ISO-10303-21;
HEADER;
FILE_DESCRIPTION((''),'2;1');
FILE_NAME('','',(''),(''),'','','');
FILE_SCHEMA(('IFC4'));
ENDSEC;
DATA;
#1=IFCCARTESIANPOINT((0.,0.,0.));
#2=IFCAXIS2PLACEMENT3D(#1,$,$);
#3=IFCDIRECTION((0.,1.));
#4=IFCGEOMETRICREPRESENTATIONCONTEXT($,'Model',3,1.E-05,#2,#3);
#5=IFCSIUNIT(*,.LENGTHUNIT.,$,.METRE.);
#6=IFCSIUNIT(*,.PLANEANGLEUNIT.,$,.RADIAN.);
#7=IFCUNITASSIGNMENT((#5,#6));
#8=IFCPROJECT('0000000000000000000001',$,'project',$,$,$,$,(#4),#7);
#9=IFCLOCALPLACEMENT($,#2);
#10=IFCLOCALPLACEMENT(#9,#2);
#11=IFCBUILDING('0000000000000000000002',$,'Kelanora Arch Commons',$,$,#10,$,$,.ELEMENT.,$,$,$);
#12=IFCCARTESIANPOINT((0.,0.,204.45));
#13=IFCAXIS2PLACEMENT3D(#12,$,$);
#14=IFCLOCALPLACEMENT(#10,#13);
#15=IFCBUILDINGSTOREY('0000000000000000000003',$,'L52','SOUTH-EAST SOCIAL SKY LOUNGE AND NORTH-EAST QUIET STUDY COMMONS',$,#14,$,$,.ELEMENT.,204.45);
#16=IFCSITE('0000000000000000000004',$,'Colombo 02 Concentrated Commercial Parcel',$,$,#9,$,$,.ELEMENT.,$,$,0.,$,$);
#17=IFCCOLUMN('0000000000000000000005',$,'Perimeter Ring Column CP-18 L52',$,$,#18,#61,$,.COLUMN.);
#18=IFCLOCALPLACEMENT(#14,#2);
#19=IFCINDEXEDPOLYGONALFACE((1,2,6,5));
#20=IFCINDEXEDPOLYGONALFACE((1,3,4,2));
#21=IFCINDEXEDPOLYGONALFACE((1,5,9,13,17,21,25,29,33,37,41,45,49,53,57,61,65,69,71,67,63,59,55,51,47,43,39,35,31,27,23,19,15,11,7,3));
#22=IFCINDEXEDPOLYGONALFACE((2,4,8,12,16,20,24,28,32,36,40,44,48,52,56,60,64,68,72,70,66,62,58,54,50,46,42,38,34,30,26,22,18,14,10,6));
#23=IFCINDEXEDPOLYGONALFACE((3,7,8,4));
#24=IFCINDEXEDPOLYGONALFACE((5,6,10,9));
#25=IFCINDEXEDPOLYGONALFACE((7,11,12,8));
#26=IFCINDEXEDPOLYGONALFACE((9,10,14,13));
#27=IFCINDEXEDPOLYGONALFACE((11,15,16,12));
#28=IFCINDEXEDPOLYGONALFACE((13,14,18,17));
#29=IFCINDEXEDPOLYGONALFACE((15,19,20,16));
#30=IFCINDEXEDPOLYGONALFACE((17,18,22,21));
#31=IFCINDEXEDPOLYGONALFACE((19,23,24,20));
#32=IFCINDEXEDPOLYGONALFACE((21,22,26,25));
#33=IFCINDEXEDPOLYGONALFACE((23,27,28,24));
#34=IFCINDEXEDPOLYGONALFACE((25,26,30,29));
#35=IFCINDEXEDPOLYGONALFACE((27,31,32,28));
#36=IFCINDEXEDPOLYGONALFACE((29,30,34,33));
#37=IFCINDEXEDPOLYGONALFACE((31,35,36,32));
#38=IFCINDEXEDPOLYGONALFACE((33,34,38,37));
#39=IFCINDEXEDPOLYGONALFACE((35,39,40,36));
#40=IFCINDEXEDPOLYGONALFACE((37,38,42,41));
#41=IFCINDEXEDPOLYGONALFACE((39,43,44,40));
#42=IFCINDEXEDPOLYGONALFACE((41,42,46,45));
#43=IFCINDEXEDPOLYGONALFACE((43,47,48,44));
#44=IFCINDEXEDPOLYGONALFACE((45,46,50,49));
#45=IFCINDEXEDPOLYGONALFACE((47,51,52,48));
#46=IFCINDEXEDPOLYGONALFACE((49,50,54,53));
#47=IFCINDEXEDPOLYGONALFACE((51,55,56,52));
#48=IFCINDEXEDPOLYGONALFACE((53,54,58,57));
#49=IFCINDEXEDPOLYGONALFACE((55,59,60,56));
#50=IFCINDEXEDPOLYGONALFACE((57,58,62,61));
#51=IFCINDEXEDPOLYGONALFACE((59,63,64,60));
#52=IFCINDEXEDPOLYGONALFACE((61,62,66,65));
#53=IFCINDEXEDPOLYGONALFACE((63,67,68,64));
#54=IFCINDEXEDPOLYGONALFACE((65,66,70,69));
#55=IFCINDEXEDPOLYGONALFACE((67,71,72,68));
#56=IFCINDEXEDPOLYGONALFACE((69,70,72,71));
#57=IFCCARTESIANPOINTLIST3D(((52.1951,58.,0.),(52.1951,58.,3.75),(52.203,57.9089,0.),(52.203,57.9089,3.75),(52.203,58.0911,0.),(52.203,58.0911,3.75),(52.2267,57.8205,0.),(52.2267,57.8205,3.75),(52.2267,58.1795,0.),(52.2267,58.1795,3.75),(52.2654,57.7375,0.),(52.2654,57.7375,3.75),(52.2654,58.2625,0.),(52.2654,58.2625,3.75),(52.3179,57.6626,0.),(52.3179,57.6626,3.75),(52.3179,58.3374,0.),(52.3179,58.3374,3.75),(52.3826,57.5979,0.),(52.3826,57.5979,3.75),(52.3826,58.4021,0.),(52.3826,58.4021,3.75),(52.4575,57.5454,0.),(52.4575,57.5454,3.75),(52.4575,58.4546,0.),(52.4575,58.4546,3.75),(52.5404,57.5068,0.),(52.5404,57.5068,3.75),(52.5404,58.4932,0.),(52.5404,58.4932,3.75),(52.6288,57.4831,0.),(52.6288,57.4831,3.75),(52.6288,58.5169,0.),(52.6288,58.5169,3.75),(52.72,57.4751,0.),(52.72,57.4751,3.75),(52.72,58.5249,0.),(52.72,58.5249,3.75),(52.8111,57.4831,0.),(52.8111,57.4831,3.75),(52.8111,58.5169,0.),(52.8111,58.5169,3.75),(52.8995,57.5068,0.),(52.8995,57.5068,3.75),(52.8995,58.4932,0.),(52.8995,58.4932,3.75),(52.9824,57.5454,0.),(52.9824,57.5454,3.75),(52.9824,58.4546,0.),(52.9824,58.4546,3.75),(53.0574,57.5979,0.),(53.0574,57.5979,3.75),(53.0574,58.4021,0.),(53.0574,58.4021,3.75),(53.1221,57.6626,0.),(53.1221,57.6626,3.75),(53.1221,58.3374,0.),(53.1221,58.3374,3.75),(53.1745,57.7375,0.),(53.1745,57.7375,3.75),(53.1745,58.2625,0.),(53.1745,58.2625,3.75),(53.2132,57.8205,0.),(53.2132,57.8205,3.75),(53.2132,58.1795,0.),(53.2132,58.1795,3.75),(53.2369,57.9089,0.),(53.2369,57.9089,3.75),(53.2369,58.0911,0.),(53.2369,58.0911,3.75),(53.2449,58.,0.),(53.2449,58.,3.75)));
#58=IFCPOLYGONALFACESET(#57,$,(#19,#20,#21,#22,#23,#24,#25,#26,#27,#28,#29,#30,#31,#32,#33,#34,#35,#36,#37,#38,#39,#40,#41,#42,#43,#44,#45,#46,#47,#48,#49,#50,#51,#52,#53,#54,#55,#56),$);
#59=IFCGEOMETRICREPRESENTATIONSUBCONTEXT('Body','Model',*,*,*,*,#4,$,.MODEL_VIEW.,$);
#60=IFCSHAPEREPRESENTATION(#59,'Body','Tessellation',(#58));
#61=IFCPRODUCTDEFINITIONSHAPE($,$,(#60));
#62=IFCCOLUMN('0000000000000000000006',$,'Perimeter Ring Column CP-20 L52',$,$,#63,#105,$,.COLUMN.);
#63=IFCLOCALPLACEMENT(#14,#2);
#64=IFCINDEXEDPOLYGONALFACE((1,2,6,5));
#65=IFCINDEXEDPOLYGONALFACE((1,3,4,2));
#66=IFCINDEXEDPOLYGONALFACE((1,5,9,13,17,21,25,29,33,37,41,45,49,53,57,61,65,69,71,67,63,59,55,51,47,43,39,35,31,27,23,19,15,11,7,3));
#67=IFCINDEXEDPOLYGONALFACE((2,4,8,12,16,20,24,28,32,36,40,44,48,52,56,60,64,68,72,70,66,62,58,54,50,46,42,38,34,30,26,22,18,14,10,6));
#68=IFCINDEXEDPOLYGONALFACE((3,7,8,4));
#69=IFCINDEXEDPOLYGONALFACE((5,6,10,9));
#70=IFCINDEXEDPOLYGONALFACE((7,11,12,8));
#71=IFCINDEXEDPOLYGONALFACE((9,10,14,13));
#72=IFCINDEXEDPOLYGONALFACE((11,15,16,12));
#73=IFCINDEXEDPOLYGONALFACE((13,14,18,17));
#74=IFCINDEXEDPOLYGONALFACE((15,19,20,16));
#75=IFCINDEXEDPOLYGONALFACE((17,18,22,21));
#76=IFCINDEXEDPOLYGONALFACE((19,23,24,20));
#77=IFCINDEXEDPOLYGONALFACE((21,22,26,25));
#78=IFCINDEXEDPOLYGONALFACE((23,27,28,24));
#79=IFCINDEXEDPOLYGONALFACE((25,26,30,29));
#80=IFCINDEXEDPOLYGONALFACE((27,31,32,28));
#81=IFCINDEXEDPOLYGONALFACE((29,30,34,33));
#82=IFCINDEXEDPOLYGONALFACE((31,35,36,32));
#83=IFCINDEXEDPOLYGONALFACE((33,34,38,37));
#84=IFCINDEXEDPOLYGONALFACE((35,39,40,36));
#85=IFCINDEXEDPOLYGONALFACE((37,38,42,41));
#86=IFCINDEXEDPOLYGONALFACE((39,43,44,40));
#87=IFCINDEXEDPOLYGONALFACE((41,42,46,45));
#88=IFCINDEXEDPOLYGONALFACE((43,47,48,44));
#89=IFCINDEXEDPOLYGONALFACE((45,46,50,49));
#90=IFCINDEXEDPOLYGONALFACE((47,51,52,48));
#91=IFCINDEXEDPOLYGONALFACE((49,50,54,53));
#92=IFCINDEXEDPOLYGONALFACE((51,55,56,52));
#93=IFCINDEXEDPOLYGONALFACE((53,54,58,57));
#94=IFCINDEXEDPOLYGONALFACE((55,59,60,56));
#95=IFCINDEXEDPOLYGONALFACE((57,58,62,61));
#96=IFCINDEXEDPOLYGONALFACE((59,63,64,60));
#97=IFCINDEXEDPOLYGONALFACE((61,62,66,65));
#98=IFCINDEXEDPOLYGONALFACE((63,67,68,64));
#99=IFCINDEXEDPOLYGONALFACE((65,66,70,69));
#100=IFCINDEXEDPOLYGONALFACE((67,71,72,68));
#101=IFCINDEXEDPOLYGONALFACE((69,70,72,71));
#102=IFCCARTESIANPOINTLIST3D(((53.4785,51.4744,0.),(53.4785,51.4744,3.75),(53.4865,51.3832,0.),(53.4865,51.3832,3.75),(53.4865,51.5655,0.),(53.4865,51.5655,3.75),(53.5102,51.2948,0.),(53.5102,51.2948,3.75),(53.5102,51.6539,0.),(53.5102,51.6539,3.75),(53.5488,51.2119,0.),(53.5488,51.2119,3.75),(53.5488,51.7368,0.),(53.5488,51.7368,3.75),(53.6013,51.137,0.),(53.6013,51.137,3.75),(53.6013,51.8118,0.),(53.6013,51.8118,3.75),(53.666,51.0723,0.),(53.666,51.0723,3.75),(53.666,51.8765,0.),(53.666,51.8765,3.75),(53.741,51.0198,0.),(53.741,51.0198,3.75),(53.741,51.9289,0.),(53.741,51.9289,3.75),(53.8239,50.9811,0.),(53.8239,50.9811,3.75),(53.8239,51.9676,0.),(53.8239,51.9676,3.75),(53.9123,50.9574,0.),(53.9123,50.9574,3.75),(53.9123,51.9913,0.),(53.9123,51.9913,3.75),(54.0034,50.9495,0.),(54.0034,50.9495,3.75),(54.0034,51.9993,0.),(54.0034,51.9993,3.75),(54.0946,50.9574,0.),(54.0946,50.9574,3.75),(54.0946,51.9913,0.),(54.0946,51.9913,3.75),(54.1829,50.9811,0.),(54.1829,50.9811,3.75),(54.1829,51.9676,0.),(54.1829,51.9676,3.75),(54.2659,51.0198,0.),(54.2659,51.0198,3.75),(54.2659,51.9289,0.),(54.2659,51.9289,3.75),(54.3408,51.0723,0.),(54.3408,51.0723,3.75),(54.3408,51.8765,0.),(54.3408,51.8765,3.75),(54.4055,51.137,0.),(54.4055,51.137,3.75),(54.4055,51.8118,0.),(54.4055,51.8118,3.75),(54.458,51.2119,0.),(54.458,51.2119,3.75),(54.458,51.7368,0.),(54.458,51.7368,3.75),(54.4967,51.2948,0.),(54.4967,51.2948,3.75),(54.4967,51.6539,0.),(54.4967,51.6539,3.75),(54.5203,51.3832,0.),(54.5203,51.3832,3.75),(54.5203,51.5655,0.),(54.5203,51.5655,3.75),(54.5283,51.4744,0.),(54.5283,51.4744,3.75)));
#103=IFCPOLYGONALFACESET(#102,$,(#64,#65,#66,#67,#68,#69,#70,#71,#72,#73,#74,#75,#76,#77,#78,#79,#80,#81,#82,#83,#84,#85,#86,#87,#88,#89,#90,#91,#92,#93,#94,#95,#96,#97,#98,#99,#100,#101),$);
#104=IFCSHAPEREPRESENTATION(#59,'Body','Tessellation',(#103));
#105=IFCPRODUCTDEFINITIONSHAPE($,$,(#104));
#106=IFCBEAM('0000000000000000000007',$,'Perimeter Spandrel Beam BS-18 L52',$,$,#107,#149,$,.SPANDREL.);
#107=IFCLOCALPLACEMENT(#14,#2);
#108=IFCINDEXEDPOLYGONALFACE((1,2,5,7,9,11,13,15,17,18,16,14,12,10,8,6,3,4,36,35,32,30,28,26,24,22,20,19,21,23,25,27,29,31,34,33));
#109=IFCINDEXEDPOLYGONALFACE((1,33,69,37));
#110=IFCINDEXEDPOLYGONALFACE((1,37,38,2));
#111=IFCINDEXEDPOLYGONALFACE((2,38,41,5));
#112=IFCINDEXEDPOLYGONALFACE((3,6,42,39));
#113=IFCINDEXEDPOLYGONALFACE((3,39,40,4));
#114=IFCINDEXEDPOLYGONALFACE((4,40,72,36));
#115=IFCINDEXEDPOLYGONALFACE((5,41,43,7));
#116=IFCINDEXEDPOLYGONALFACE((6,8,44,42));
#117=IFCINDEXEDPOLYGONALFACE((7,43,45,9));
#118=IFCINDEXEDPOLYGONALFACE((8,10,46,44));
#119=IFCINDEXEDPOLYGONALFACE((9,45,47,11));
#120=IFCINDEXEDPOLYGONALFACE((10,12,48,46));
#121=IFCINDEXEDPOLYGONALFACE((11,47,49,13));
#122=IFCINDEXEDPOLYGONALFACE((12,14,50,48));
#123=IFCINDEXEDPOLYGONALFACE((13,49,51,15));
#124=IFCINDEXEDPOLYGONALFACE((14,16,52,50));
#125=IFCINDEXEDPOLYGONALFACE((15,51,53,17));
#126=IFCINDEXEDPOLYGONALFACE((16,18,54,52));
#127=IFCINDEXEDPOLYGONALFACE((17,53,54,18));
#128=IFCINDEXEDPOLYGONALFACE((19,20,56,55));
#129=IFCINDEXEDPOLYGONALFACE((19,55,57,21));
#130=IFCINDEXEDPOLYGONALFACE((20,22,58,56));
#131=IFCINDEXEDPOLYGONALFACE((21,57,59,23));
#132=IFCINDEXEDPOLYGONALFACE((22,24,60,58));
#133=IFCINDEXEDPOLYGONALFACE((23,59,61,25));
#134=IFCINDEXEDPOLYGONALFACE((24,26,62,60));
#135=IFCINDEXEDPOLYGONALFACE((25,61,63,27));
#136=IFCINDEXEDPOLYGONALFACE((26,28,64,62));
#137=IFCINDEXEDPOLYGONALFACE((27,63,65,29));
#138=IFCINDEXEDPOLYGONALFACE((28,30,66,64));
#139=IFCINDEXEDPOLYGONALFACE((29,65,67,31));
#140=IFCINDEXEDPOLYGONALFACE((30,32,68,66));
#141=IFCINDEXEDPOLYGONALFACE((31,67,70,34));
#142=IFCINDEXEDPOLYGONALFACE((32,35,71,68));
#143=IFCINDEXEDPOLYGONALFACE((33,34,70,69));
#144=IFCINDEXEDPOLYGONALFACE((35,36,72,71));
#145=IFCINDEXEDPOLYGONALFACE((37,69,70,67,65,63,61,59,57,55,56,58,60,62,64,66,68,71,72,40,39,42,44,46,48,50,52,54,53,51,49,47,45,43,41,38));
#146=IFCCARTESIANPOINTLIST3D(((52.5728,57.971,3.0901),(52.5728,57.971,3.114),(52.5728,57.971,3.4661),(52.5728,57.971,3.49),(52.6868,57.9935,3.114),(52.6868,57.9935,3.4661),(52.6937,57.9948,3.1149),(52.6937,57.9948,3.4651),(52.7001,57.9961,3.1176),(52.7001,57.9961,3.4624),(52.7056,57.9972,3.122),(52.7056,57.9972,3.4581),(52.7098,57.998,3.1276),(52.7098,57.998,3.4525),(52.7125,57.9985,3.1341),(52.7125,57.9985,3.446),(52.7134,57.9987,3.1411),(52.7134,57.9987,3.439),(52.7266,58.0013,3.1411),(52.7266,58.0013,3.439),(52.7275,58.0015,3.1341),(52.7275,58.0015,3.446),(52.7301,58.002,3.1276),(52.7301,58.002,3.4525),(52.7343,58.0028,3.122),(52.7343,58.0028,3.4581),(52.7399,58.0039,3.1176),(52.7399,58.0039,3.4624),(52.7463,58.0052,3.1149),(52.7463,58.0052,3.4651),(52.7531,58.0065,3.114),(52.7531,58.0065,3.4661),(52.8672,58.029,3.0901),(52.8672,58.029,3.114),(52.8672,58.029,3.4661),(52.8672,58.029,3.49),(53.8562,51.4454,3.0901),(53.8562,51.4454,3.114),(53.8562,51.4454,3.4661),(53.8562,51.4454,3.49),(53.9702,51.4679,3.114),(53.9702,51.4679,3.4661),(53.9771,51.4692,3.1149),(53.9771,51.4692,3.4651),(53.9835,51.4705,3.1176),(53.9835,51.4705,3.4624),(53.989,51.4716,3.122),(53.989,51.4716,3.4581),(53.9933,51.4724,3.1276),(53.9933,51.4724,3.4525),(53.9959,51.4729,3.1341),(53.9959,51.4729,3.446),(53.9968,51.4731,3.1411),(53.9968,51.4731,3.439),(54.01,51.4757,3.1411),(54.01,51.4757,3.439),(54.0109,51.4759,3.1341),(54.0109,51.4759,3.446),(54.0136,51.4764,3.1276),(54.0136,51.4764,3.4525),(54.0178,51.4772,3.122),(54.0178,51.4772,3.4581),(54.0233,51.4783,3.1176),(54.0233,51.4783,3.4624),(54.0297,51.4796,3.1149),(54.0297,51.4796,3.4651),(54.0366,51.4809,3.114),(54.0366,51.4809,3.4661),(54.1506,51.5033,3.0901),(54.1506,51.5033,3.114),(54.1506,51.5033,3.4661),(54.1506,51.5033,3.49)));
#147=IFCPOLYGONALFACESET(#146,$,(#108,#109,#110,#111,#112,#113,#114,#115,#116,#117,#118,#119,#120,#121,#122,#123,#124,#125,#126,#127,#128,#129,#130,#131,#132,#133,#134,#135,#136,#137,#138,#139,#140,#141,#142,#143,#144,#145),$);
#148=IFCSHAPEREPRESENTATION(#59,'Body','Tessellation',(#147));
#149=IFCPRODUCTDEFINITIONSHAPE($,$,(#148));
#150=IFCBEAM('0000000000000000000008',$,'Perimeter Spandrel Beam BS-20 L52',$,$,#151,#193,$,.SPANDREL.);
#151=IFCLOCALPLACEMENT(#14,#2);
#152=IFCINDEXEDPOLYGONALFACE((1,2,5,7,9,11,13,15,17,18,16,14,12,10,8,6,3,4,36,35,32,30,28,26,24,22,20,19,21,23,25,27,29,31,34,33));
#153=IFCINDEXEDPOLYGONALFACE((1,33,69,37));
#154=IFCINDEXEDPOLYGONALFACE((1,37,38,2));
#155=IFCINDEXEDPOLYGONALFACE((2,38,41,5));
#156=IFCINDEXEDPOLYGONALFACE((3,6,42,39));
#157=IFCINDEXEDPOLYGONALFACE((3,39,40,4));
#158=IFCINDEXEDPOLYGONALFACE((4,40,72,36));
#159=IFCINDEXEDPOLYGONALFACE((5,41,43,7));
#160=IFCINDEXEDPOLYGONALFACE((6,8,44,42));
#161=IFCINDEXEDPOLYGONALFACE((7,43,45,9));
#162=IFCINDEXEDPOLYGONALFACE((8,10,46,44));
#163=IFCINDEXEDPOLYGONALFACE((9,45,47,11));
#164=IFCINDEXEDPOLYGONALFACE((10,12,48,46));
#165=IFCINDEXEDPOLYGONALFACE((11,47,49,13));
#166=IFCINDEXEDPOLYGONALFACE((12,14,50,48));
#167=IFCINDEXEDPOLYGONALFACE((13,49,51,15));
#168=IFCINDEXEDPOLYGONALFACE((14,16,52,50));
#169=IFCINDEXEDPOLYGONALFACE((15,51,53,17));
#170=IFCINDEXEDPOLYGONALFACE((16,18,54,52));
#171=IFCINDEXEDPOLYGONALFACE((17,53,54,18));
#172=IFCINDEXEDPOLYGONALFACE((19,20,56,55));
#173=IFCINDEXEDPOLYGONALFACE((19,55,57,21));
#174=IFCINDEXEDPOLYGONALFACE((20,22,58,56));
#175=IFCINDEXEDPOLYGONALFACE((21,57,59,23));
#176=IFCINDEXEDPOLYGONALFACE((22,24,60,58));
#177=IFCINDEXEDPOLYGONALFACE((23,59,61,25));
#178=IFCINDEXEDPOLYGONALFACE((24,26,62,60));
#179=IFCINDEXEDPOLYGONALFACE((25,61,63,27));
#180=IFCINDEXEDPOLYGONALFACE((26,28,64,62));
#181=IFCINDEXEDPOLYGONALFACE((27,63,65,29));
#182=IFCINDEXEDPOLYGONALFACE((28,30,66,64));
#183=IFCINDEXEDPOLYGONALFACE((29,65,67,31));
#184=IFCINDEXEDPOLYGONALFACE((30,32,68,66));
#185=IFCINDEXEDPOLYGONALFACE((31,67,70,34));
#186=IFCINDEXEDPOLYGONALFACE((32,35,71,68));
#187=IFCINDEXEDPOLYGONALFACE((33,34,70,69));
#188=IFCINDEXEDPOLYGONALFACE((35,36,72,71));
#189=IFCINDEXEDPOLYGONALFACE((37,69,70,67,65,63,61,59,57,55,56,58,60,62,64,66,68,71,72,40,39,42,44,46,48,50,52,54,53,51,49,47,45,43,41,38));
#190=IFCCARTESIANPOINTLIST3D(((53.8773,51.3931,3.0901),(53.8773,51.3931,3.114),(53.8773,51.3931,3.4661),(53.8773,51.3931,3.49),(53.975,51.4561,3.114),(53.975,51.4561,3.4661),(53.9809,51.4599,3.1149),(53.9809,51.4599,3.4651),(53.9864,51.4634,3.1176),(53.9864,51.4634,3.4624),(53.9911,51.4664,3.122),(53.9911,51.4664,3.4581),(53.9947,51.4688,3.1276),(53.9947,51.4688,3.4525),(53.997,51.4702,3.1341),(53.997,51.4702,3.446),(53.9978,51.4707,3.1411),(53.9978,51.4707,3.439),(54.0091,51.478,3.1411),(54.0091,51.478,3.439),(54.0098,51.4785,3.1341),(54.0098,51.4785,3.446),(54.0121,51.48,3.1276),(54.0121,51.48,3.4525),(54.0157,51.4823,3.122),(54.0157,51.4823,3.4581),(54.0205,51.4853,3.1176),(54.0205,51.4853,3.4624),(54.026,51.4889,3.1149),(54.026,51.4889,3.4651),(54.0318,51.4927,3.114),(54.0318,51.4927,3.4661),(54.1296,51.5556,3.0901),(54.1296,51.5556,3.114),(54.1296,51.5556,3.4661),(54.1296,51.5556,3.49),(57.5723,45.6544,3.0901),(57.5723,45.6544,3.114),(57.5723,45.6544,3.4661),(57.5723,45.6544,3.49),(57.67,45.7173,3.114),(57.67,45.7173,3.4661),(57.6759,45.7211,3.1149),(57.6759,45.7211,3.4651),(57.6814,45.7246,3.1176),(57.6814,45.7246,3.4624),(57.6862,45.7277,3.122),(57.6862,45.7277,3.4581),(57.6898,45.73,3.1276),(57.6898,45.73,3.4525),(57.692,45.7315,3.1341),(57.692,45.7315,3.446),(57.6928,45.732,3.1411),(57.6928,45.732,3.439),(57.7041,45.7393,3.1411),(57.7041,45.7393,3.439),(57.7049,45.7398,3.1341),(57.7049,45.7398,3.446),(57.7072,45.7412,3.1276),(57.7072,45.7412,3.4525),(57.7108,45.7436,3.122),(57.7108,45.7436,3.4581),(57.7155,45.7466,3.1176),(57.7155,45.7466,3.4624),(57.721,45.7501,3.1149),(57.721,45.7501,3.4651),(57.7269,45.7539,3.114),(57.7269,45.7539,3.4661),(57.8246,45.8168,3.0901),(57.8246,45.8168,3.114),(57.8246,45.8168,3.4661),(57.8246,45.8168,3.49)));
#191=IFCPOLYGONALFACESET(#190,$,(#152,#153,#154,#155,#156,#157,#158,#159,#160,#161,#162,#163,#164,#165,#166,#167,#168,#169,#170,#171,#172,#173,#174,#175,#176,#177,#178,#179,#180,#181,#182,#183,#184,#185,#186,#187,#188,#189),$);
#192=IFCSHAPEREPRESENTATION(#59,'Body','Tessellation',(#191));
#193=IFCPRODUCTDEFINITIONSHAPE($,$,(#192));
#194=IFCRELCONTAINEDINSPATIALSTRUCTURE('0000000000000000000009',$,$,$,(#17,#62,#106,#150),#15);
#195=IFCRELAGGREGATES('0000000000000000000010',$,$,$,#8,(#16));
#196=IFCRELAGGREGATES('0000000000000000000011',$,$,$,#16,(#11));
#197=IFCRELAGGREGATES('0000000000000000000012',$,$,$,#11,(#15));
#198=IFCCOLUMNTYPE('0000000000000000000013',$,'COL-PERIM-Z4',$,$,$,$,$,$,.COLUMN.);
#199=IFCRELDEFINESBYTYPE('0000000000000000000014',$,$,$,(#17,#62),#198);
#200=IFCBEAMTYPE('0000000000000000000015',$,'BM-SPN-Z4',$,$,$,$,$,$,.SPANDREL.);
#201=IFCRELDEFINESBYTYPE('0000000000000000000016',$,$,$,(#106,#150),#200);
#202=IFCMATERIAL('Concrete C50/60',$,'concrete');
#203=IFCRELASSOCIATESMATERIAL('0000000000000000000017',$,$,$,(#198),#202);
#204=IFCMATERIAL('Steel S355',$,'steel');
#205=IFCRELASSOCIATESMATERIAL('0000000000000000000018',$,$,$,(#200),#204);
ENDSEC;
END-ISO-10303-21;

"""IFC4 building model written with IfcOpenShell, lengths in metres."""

from ifc_helpers import new_model, si_unit, direction, frame, origin, origin_2d, place, context, subcontext, project, spatial, circle, i_section, extrude, material, material_profile, profile_set, type_object, element, save


model = new_model("IFC4")

# Units and contexts
model_context = context("Model", 3, precision=1e-05, world=origin(), true_north=direction((0.0, 1.0)))
body_context = subcontext(model_context, "Body", "Model", "MODEL_VIEW")
ifc_project = project(units=[si_unit("LENGTHUNIT", "METRE"), si_unit("PLANEANGLEUNIT", "RADIAN")], contexts=[model_context])

# Site, building, storey
site_placement = place(None, origin())
site = spatial("IfcSite", under=ifc_project, at=site_placement, Name="Colombo 02 Concentrated Commercial Parcel", CompositionType="ELEMENT", RefElevation=0.0)
building_placement = place(site_placement, origin())
building = spatial("IfcBuilding", under=site, at=building_placement, Name="Kelanora Arch Commons", CompositionType="ELEMENT")
storey_placement = place(building_placement, frame((0.0, 0.0, 204.45)))
storey = spatial("IfcBuildingStorey", under=building, at=storey_placement, Name="L52", Description="SOUTH-EAST SOCIAL SKY LOUNGE AND NORTH-EAST QUIET STUDY COMMONS", CompositionType="ELEMENT", Elevation=204.45)

# Columns
ifc_material_1 = material(Name="Concrete C50/60", Category="concrete")
ifc_material_profile_1 = material_profile(ifc_material_1, circle(Radius=0.5249, at=origin_2d()), Name="RCC1050")
ifc_profile_set_1 = profile_set([ifc_material_profile_1], Name="Concrete C50/60")
column_type = type_object("IfcColumnType", Name="COL-PERIM-Z4", PredefinedType="COLUMN", material=ifc_profile_set_1)
for number, where, z_axis, x_axis, name in (
    (1, (52.72, 58.0, 0.0), (0.0, 0.0, 1.0), (1.0, 0.0, 0.0), "Perimeter Ring Column CP-18 L52"),
    (2, (54.0034, 51.4744, 0.0), (0.0, 0.0, 1.0), (1.0, 0.0, 0.0), "Perimeter Ring Column CP-20 L52"),
):
    element("IfcColumn", number, at=place(storey_placement, frame(where, z_axis=z_axis, x_axis=x_axis)), inside=storey, type_object=column_type, Name=name, PredefinedType="COLUMN", context=body_context, shape_type="SweptSolid", body=[
        extrude(circle(Radius=0.5249, at=origin_2d()), origin(), (0.0, 0.0, 1.0), 3.75),
    ])

# Beams
ifc_material_2 = material(Name="Steel S355", Category="steel")
ifc_material_profile_2 = material_profile(ifc_material_2, i_section(OverallWidth=0.3, OverallDepth=0.3999, WebThickness=0.0134, FlangeThickness=0.0239, FilletRadius=0.0271, at=origin_2d()), Name="HEB400")
ifc_profile_set_2 = profile_set([ifc_material_profile_2], Name="Steel S355")
beam_type = type_object("IfcBeamType", Name="BM-SPN-Z4", PredefinedType="SPANDREL", material=ifc_profile_set_2)
beam_1_placement = place(storey_placement, frame((52.72, 58.0, 3.29), z_axis=(0.192981, -0.981203, 0.0), x_axis=(0.981203, 0.192981, 0.0)))
element("IfcBeam", 3, at=beam_1_placement, inside=storey, type_object=beam_type, Name="Perimeter Spandrel Beam BS-18 L52", PredefinedType="SPANDREL", context=body_context, shape_type="SweptSolid", body=[
    extrude(i_section(OverallWidth=0.3, OverallDepth=0.3999, WebThickness=0.0134, FlangeThickness=0.0239, FilletRadius=0.0271, at=origin_2d()), origin(), (0.0, 0.0, 1.0), 6.6506),
])
beam_2_placement = place(storey_placement, frame((54.0034, 51.4744, 3.29), z_axis=(0.541365, -0.840788, 0.0), x_axis=(0.840788, 0.541365, 0.0)))
element("IfcBeam", 4, at=beam_2_placement, inside=storey, type_object=beam_type, Name="Perimeter Spandrel Beam BS-20 L52", PredefinedType="SPANDREL", context=body_context, shape_type="SweptSolid", body=[
    extrude(i_section(OverallWidth=0.3, OverallDepth=0.3999, WebThickness=0.0134, FlangeThickness=0.0239, FilletRadius=0.0271, at=origin_2d()), origin(), (0.0, 0.0, 1.0), 6.8254),
])

save(model, "model.ifc")
